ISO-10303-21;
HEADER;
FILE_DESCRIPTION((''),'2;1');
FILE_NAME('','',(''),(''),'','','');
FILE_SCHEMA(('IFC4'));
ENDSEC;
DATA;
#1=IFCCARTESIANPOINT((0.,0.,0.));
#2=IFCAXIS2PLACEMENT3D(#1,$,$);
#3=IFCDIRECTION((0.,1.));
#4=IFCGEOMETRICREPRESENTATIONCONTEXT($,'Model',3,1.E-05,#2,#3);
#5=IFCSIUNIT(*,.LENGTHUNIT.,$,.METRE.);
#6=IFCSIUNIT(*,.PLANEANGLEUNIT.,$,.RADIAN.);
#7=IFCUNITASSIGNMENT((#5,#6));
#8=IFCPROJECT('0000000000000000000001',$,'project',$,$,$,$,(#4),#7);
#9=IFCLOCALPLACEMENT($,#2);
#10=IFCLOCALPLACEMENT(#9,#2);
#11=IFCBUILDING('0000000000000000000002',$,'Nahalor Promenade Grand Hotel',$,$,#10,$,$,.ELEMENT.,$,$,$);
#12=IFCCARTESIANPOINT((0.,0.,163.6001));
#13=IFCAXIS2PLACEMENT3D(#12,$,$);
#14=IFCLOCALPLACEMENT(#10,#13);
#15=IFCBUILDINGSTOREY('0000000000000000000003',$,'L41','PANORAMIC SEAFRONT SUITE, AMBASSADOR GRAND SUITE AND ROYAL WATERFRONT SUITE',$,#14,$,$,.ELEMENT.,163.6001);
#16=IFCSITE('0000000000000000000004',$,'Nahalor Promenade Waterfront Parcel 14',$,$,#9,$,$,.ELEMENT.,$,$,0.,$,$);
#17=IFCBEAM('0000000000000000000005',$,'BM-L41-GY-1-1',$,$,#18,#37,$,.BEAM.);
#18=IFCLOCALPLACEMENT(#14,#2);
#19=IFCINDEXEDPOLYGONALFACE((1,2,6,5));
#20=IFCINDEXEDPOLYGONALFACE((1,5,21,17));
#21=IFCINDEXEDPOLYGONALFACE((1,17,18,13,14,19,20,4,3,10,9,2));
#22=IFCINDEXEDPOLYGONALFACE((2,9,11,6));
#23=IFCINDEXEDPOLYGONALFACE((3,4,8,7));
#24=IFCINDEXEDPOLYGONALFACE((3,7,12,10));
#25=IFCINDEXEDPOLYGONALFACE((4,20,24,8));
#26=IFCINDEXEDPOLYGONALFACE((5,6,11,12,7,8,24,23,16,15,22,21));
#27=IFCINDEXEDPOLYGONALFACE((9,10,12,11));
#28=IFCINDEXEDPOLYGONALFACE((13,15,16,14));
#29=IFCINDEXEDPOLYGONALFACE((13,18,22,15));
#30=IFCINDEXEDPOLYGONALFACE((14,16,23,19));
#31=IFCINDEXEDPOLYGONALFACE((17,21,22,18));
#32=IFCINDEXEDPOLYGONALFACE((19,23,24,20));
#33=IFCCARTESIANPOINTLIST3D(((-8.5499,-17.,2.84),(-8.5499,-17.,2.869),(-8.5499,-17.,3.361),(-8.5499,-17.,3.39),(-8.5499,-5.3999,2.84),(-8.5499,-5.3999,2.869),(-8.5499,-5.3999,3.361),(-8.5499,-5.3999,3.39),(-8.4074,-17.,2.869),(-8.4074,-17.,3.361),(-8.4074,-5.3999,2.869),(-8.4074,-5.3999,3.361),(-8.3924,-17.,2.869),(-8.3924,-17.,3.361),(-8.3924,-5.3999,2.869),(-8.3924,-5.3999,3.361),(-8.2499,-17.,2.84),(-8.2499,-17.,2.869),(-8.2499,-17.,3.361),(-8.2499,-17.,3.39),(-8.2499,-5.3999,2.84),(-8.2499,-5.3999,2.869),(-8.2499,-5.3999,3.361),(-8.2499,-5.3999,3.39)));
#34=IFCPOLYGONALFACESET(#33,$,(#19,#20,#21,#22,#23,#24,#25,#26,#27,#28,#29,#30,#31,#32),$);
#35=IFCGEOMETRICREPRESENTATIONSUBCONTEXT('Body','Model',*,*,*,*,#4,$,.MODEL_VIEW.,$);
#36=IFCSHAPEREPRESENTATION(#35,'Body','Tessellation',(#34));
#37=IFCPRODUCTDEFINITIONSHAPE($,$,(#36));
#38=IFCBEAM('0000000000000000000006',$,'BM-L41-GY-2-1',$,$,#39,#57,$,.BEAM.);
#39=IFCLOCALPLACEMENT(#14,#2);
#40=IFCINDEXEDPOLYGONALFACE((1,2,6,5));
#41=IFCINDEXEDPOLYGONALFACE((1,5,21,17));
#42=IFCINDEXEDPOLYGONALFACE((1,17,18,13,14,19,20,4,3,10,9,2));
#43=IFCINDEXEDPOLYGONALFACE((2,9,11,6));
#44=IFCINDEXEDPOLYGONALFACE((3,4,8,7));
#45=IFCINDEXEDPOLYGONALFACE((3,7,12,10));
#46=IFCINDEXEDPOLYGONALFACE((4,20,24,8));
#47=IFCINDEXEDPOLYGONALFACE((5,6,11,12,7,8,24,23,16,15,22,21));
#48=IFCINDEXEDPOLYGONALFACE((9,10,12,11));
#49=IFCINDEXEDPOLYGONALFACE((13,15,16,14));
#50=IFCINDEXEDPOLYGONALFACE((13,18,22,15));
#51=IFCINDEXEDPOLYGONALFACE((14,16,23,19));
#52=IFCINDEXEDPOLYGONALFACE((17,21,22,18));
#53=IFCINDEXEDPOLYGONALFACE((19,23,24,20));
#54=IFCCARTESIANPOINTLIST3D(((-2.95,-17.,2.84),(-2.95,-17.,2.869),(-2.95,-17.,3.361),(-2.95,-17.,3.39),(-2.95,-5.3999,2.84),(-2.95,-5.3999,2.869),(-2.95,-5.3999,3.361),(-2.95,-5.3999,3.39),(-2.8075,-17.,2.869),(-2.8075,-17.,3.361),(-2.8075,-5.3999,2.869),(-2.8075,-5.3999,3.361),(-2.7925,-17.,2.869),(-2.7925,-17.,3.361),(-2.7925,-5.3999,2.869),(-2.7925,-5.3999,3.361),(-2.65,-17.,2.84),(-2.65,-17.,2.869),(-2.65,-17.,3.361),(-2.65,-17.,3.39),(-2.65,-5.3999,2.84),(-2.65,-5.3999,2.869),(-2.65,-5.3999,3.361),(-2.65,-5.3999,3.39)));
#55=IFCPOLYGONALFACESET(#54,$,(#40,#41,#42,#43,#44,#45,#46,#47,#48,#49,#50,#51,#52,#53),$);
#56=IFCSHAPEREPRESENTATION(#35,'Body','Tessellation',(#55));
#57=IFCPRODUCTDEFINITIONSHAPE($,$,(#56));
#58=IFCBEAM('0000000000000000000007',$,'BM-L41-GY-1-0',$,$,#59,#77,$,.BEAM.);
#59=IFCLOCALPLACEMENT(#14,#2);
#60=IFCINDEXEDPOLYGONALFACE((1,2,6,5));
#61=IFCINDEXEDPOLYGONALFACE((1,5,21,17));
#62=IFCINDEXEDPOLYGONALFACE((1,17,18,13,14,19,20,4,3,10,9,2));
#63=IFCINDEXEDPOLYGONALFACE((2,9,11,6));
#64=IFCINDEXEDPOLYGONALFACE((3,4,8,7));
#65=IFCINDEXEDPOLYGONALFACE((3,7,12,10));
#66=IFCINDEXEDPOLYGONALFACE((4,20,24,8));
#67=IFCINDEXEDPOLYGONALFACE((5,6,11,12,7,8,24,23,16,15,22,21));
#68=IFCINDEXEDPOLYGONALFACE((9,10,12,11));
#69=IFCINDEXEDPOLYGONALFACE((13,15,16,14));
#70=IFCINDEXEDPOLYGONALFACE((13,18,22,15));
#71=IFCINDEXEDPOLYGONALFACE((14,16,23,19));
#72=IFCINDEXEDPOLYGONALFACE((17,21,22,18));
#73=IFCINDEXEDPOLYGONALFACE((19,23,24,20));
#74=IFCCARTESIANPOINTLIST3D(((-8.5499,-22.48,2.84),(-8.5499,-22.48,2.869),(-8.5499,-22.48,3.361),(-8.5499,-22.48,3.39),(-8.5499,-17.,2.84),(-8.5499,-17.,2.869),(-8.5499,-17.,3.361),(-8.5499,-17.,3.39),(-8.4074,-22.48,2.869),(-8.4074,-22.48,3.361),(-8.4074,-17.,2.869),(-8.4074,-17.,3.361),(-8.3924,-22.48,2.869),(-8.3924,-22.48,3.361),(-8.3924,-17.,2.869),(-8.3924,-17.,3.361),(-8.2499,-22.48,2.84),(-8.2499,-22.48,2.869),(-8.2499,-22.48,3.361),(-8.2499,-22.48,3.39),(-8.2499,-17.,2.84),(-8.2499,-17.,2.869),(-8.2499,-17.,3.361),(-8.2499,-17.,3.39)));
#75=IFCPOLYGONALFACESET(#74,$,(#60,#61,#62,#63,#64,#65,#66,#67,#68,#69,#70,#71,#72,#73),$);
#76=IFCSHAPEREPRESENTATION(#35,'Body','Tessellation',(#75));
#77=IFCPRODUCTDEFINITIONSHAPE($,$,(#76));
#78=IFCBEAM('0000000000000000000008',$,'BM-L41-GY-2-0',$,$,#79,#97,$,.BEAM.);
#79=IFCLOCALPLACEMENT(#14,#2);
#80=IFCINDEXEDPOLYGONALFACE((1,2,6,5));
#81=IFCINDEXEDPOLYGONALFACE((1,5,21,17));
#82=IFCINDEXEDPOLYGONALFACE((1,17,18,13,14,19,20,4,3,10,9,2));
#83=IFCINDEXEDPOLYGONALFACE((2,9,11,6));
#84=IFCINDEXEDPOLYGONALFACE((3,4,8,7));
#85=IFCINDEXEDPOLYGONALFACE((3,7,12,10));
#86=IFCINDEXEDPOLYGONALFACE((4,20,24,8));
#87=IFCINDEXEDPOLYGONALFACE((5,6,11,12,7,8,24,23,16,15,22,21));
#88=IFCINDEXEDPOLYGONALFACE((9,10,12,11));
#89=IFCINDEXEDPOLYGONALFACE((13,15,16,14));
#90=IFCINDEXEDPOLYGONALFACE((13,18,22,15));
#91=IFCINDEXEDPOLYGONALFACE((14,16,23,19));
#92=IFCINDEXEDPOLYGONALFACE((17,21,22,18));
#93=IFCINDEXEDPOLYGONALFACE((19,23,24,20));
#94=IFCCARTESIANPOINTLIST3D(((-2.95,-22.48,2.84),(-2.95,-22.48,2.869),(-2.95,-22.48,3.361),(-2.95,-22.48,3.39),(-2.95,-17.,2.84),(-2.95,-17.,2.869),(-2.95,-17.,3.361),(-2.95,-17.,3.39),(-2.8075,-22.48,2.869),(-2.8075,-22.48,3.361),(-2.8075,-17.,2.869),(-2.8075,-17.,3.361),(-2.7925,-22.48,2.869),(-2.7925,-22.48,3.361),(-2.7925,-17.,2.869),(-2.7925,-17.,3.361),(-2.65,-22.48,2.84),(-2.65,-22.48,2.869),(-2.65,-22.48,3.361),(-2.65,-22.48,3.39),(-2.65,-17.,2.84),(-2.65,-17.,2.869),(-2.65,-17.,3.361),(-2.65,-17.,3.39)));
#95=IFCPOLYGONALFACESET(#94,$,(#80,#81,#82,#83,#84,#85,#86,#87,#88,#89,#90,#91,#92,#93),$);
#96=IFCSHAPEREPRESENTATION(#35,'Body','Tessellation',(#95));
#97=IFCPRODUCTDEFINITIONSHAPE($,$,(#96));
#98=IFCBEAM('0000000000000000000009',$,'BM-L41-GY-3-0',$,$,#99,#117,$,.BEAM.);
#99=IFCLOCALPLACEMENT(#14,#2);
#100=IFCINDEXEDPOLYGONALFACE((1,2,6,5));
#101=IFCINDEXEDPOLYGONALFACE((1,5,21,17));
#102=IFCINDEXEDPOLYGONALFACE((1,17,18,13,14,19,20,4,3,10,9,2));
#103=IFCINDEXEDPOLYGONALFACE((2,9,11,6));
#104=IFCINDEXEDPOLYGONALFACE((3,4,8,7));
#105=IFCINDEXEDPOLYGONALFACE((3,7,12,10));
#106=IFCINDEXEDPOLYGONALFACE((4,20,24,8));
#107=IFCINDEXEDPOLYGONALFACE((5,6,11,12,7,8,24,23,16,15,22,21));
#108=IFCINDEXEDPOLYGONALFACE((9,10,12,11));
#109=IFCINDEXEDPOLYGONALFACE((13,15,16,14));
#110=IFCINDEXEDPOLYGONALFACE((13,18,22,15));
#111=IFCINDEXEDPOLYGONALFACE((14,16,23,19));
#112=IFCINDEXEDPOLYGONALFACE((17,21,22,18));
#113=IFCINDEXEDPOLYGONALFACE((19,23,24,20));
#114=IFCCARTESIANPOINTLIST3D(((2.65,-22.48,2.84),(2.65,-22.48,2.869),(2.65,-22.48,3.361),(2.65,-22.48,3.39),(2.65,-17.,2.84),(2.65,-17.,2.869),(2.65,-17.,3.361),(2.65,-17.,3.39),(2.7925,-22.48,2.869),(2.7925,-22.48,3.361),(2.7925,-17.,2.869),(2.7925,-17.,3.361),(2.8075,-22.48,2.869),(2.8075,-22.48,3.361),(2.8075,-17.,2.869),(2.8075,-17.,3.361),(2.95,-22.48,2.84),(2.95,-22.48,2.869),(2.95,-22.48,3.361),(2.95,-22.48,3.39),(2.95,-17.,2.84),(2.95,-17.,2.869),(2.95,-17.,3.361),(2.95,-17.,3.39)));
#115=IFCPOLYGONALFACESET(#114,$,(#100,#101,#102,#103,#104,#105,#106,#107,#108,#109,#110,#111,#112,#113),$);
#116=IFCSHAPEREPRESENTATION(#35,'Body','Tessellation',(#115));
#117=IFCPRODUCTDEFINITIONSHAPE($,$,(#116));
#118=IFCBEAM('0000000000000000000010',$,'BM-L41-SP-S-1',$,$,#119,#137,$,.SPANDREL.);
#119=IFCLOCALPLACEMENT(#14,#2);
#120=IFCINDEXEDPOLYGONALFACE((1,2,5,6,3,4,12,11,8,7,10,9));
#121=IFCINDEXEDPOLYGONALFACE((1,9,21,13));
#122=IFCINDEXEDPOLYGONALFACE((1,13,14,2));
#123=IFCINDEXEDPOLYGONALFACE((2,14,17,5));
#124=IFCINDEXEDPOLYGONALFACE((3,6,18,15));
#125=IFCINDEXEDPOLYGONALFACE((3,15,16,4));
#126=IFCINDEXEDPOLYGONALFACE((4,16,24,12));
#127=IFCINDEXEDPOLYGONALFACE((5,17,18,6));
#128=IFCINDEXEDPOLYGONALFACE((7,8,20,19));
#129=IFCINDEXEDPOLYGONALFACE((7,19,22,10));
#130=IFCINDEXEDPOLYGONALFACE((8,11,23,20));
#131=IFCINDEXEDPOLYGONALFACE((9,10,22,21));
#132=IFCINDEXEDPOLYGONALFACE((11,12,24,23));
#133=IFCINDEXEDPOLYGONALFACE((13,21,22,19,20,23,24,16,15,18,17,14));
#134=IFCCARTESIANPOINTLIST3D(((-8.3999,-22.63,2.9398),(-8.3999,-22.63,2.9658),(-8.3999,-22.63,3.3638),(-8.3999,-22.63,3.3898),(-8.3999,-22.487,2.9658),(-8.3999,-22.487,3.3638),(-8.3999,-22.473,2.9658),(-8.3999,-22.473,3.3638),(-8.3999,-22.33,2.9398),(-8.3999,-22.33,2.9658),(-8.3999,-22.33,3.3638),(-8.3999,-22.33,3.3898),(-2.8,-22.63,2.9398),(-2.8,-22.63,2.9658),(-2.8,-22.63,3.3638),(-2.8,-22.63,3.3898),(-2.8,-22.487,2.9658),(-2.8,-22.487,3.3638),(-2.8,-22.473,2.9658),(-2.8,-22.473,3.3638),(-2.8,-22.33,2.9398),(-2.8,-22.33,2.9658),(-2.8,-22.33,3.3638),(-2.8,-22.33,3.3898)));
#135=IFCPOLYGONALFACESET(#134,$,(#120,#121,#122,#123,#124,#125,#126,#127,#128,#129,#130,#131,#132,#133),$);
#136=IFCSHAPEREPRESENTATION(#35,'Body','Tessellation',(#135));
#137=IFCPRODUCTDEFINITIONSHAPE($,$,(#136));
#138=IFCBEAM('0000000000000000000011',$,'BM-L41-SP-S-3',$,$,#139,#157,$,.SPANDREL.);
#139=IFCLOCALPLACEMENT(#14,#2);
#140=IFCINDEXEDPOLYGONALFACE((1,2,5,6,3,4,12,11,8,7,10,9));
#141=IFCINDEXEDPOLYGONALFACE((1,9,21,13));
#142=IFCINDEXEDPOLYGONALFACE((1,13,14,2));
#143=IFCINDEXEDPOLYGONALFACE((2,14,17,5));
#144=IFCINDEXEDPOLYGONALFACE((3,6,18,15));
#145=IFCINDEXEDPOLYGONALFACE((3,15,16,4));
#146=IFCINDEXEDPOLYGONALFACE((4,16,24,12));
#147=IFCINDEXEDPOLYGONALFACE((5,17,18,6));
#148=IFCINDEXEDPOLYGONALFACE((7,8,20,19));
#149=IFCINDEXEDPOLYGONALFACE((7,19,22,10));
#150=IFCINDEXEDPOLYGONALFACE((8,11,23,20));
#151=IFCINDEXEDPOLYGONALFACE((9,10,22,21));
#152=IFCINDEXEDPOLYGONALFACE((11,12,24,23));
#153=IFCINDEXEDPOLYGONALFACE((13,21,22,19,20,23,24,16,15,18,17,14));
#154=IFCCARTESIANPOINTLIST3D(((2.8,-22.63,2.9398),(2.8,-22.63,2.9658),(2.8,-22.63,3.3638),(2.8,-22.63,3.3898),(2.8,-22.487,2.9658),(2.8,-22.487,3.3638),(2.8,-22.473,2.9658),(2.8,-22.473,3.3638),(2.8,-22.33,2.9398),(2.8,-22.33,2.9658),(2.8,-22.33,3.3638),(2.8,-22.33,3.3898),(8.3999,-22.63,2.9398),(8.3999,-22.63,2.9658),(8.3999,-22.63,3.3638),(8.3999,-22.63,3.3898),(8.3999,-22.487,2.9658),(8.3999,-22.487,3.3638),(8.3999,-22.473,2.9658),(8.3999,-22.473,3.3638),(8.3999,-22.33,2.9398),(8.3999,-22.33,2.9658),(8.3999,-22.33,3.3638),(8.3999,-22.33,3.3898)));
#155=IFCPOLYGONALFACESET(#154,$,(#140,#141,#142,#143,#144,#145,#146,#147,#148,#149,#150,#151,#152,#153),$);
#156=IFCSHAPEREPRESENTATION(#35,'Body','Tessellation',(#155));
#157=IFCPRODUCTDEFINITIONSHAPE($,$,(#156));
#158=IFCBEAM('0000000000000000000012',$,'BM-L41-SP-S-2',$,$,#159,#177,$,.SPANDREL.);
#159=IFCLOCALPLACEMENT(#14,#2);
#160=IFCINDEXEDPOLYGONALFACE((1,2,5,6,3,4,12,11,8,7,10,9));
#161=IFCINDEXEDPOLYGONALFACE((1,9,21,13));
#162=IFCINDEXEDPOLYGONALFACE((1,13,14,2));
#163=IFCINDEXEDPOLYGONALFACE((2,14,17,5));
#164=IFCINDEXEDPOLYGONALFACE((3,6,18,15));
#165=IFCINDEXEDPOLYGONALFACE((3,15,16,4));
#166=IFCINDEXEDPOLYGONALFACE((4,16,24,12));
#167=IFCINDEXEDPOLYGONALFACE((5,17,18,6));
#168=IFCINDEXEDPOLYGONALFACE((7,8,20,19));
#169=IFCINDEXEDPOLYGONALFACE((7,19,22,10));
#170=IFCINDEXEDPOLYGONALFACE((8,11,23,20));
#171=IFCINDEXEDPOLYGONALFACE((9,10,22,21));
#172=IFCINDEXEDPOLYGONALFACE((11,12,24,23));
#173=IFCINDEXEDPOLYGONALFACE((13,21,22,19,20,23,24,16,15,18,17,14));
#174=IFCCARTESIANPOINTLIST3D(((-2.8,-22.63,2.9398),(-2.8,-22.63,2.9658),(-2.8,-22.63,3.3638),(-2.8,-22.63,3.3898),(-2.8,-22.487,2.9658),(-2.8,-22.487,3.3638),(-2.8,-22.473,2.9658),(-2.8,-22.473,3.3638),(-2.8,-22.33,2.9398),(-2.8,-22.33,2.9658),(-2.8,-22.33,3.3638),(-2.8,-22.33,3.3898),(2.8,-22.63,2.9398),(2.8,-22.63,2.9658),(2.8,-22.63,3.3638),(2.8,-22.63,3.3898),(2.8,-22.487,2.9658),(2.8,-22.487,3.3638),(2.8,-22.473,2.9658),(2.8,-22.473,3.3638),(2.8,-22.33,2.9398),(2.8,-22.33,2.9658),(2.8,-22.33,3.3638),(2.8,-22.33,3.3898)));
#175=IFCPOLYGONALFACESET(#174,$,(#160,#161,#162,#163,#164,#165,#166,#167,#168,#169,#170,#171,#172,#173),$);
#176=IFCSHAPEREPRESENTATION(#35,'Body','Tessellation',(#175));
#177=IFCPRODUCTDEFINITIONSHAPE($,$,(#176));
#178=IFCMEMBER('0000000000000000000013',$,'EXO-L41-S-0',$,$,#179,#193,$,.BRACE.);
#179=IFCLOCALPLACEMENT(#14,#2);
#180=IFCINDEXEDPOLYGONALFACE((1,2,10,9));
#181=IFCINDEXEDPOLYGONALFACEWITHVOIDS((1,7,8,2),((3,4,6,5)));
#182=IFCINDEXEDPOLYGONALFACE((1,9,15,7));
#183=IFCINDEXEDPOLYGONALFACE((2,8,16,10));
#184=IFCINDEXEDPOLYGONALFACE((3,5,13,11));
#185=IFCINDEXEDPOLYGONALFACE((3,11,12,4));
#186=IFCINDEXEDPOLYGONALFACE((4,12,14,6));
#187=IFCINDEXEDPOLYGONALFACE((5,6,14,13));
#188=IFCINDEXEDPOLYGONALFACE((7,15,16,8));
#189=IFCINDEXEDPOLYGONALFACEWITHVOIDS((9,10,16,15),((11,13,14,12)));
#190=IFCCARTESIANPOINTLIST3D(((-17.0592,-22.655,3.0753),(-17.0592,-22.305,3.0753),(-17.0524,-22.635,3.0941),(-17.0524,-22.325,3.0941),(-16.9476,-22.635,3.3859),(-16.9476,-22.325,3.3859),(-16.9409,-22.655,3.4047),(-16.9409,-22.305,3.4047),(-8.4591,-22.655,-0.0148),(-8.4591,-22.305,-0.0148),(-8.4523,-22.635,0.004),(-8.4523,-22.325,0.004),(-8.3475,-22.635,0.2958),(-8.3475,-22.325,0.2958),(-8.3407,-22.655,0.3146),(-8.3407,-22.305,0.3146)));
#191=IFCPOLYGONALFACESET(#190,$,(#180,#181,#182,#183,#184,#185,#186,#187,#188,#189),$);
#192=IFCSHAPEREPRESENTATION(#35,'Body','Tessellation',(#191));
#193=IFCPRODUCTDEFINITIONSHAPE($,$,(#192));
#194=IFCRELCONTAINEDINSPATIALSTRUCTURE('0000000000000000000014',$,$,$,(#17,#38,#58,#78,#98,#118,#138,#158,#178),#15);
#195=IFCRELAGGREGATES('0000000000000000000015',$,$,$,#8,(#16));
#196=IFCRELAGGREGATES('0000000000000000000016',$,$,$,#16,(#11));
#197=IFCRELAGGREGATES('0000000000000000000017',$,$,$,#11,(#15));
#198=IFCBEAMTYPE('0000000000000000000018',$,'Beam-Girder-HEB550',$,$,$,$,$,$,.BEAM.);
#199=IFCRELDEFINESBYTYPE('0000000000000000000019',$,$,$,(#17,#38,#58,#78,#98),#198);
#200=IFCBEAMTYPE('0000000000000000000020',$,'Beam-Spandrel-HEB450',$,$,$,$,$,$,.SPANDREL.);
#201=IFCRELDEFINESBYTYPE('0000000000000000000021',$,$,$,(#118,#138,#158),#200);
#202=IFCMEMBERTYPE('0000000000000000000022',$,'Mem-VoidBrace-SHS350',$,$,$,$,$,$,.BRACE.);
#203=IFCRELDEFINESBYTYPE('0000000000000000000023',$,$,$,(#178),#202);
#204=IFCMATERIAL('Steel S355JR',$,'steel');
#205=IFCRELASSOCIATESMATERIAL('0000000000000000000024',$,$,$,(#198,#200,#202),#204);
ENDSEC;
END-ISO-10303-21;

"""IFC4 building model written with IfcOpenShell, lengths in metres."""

from ifc_helpers import new_model, si_unit, direction, frame, origin, origin_2d, place, context, subcontext, project, spatial, hollow_rectangle, i_section, extrude, source, transform, mapped, material, material_profile, profile_set, type_object, element, save


model = new_model("IFC4")

# Units and contexts
model_context = context("Model", 3, precision=1e-05, world=origin(), true_north=direction((0.0, 1.0)))
body_context = subcontext(model_context, "Body", "Model", "MODEL_VIEW")
ifc_project = project(units=[si_unit("LENGTHUNIT", "METRE"), si_unit("PLANEANGLEUNIT", "RADIAN")], contexts=[model_context])

# Site, building, storey
site_placement = place(None, origin())
site = spatial("IfcSite", under=ifc_project, at=site_placement, Name="Nahalor Promenade Waterfront Parcel 14", CompositionType="ELEMENT", RefElevation=0.0)
building_placement = place(site_placement, origin())
building = spatial("IfcBuilding", under=site, at=building_placement, Name="Nahalor Promenade Grand Hotel", CompositionType="ELEMENT")
storey_placement = place(building_placement, frame((0.0, 0.0, 163.6001)))
storey = spatial("IfcBuildingStorey", under=building, at=storey_placement, Name="L41", Description="PANORAMIC SEAFRONT SUITE, AMBASSADOR GRAND SUITE AND ROYAL WATERFRONT SUITE", CompositionType="ELEMENT", Elevation=163.6001)

# Beams
ifc_material_1 = material(Name="Steel S355JR", Category="steel")
ifc_material_profile_1 = material_profile(ifc_material_1, i_section(OverallWidth=0.3, OverallDepth=0.55, WebThickness=0.015, FlangeThickness=0.029, at=origin_2d()), Name="HEB 550")
ifc_profile_set_1 = profile_set([ifc_material_profile_1], Name="Steel S355JR")
beam_type_1 = type_object("IfcBeamType", Name="Beam-Girder-HEB550", PredefinedType="BEAM", material=ifc_profile_set_1)
shared_shape_1 = source(origin(), body_context, "Body", "SweptSolid", [
    extrude(i_section(OverallWidth=0.3, OverallDepth=0.55, WebThickness=0.015, FlangeThickness=0.029, at=origin_2d()), origin(), (0.0, 0.0, 1.0), 11.6001),
])
for number, where, z_axis, x_axis, name in (
    (1, (-8.3999, -17.0, 3.115), (0.0, 1.0, 0.0), (-1.0, 0.0, 0.0), "BM-L41-GY-1-1"),
    (2, (-2.8, -17.0, 3.115), (0.0, 1.0, 0.0), (-1.0, 0.0, 0.0), "BM-L41-GY-2-1"),
):
    element("IfcBeam", number, at=place(storey_placement, frame(where, z_axis=z_axis, x_axis=x_axis)), inside=storey, type_object=beam_type_1, Name=name, PredefinedType="BEAM", context=body_context, shape_type="MappedRepresentation", body=[
        mapped(shared_shape_1, transform((0.0, 0.0, 0.0), scale=1.0)),
    ])
shared_shape_2 = source(origin(), body_context, "Body", "SweptSolid", [
    extrude(i_section(OverallWidth=0.3, OverallDepth=0.55, WebThickness=0.015, FlangeThickness=0.029, at=origin_2d()), origin(), (0.0, 0.0, 1.0), 5.48),
])
for number, where, z_axis, x_axis, name in (
    (3, (-8.3999, -22.48, 3.115), (0.0, 1.0, 0.0), (-1.0, 0.0, 0.0), "BM-L41-GY-1-0"),
    (4, (-2.8, -22.48, 3.115), (0.0, 1.0, 0.0), (-1.0, 0.0, 0.0), "BM-L41-GY-2-0"),
    (5, (2.8, -22.48, 3.115), (0.0, 1.0, 0.0), (-1.0, 0.0, 0.0), "BM-L41-GY-3-0"),
):
    element("IfcBeam", number, at=place(storey_placement, frame(where, z_axis=z_axis, x_axis=x_axis)), inside=storey, type_object=beam_type_1, Name=name, PredefinedType="BEAM", context=body_context, shape_type="MappedRepresentation", body=[
        mapped(shared_shape_2, transform((0.0, 0.0, 0.0), scale=1.0)),
    ])
ifc_material_profile_2 = material_profile(ifc_material_1, i_section(OverallWidth=0.3, OverallDepth=0.45, WebThickness=0.014, FlangeThickness=0.026, at=origin_2d()), Name="HEB 450")
ifc_profile_set_2 = profile_set([ifc_material_profile_2], Name="Steel S355JR")
beam_type_2 = type_object("IfcBeamType", Name="Beam-Spandrel-HEB450", PredefinedType="SPANDREL", material=ifc_profile_set_2)
shared_shape_3 = source(origin(), body_context, "Body", "SweptSolid", [
    extrude(i_section(OverallWidth=0.3, OverallDepth=0.45, WebThickness=0.014, FlangeThickness=0.026, at=origin_2d()), origin(), (0.0, 0.0, 1.0), 5.5999),
])
for number, where, z_axis, x_axis, name in (
    (6, (-8.3999, -22.48, 3.1648), (1.0, 0.0, 0.0), (0.0, 1.0, 0.0), "BM-L41-SP-S-1"),
    (7, (2.8, -22.48, 3.1648), (1.0, 0.0, 0.0), (0.0, 1.0, 0.0), "BM-L41-SP-S-3"),
):
    element("IfcBeam", number, at=place(storey_placement, frame(where, z_axis=z_axis, x_axis=x_axis)), inside=storey, type_object=beam_type_2, Name=name, PredefinedType="SPANDREL", context=body_context, shape_type="MappedRepresentation", body=[
        mapped(shared_shape_3, transform((0.0, 0.0, 0.0), scale=1.0)),
    ])
shared_shape_4 = source(origin(), body_context, "Body", "SweptSolid", [
    extrude(i_section(OverallWidth=0.3, OverallDepth=0.45, WebThickness=0.014, FlangeThickness=0.026, at=origin_2d()), origin(), (0.0, 0.0, 1.0), 5.6001),
])
beam_1_placement = place(storey_placement, frame((-2.8, -22.48, 3.1648), z_axis=(1.0, 0.0, 0.0), x_axis=(0.0, 1.0, 0.0)))
element("IfcBeam", 8, at=beam_1_placement, inside=storey, type_object=beam_type_2, Name="BM-L41-SP-S-2", PredefinedType="SPANDREL", context=body_context, shape_type="MappedRepresentation", body=[
    mapped(shared_shape_4, transform((0.0, 0.0, 0.0), scale=1.0)),
])

# Member
ifc_material_profile_3 = material_profile(ifc_material_1, hollow_rectangle(XDim=0.35, YDim=0.35, WallThickness=0.02, at=origin_2d()), Name="SHS 350x350x20")
ifc_profile_set_3 = profile_set([ifc_material_profile_3], Name="Steel S355JR")
member_type_1 = type_object("IfcMemberType", Name="Mem-VoidBrace-SHS350", PredefinedType="BRACE", material=ifc_profile_set_3)
shared_shape_5 = source(origin(), body_context, "Body", "SweptSolid", [
    extrude(hollow_rectangle(XDim=0.35, YDim=0.35, WallThickness=0.02, at=origin_2d()), origin(), (0.0, 0.0, 1.0), 9.1384),
])
member_1_placement = place(storey_placement, frame((-8.3999, -22.48, 0.1499), z_axis=(-0.941095, 0.0, 0.338143), x_axis=(0.0, -1.0, 0.0)))
element("IfcMember", 9, at=member_1_placement, inside=storey, type_object=member_type_1, Name="EXO-L41-S-0", PredefinedType="BRACE", context=body_context, shape_type="MappedRepresentation", body=[
    mapped(shared_shape_5, transform((0.0, 0.0, 0.0), scale=1.0)),
])

save(model, "model.ifc")
